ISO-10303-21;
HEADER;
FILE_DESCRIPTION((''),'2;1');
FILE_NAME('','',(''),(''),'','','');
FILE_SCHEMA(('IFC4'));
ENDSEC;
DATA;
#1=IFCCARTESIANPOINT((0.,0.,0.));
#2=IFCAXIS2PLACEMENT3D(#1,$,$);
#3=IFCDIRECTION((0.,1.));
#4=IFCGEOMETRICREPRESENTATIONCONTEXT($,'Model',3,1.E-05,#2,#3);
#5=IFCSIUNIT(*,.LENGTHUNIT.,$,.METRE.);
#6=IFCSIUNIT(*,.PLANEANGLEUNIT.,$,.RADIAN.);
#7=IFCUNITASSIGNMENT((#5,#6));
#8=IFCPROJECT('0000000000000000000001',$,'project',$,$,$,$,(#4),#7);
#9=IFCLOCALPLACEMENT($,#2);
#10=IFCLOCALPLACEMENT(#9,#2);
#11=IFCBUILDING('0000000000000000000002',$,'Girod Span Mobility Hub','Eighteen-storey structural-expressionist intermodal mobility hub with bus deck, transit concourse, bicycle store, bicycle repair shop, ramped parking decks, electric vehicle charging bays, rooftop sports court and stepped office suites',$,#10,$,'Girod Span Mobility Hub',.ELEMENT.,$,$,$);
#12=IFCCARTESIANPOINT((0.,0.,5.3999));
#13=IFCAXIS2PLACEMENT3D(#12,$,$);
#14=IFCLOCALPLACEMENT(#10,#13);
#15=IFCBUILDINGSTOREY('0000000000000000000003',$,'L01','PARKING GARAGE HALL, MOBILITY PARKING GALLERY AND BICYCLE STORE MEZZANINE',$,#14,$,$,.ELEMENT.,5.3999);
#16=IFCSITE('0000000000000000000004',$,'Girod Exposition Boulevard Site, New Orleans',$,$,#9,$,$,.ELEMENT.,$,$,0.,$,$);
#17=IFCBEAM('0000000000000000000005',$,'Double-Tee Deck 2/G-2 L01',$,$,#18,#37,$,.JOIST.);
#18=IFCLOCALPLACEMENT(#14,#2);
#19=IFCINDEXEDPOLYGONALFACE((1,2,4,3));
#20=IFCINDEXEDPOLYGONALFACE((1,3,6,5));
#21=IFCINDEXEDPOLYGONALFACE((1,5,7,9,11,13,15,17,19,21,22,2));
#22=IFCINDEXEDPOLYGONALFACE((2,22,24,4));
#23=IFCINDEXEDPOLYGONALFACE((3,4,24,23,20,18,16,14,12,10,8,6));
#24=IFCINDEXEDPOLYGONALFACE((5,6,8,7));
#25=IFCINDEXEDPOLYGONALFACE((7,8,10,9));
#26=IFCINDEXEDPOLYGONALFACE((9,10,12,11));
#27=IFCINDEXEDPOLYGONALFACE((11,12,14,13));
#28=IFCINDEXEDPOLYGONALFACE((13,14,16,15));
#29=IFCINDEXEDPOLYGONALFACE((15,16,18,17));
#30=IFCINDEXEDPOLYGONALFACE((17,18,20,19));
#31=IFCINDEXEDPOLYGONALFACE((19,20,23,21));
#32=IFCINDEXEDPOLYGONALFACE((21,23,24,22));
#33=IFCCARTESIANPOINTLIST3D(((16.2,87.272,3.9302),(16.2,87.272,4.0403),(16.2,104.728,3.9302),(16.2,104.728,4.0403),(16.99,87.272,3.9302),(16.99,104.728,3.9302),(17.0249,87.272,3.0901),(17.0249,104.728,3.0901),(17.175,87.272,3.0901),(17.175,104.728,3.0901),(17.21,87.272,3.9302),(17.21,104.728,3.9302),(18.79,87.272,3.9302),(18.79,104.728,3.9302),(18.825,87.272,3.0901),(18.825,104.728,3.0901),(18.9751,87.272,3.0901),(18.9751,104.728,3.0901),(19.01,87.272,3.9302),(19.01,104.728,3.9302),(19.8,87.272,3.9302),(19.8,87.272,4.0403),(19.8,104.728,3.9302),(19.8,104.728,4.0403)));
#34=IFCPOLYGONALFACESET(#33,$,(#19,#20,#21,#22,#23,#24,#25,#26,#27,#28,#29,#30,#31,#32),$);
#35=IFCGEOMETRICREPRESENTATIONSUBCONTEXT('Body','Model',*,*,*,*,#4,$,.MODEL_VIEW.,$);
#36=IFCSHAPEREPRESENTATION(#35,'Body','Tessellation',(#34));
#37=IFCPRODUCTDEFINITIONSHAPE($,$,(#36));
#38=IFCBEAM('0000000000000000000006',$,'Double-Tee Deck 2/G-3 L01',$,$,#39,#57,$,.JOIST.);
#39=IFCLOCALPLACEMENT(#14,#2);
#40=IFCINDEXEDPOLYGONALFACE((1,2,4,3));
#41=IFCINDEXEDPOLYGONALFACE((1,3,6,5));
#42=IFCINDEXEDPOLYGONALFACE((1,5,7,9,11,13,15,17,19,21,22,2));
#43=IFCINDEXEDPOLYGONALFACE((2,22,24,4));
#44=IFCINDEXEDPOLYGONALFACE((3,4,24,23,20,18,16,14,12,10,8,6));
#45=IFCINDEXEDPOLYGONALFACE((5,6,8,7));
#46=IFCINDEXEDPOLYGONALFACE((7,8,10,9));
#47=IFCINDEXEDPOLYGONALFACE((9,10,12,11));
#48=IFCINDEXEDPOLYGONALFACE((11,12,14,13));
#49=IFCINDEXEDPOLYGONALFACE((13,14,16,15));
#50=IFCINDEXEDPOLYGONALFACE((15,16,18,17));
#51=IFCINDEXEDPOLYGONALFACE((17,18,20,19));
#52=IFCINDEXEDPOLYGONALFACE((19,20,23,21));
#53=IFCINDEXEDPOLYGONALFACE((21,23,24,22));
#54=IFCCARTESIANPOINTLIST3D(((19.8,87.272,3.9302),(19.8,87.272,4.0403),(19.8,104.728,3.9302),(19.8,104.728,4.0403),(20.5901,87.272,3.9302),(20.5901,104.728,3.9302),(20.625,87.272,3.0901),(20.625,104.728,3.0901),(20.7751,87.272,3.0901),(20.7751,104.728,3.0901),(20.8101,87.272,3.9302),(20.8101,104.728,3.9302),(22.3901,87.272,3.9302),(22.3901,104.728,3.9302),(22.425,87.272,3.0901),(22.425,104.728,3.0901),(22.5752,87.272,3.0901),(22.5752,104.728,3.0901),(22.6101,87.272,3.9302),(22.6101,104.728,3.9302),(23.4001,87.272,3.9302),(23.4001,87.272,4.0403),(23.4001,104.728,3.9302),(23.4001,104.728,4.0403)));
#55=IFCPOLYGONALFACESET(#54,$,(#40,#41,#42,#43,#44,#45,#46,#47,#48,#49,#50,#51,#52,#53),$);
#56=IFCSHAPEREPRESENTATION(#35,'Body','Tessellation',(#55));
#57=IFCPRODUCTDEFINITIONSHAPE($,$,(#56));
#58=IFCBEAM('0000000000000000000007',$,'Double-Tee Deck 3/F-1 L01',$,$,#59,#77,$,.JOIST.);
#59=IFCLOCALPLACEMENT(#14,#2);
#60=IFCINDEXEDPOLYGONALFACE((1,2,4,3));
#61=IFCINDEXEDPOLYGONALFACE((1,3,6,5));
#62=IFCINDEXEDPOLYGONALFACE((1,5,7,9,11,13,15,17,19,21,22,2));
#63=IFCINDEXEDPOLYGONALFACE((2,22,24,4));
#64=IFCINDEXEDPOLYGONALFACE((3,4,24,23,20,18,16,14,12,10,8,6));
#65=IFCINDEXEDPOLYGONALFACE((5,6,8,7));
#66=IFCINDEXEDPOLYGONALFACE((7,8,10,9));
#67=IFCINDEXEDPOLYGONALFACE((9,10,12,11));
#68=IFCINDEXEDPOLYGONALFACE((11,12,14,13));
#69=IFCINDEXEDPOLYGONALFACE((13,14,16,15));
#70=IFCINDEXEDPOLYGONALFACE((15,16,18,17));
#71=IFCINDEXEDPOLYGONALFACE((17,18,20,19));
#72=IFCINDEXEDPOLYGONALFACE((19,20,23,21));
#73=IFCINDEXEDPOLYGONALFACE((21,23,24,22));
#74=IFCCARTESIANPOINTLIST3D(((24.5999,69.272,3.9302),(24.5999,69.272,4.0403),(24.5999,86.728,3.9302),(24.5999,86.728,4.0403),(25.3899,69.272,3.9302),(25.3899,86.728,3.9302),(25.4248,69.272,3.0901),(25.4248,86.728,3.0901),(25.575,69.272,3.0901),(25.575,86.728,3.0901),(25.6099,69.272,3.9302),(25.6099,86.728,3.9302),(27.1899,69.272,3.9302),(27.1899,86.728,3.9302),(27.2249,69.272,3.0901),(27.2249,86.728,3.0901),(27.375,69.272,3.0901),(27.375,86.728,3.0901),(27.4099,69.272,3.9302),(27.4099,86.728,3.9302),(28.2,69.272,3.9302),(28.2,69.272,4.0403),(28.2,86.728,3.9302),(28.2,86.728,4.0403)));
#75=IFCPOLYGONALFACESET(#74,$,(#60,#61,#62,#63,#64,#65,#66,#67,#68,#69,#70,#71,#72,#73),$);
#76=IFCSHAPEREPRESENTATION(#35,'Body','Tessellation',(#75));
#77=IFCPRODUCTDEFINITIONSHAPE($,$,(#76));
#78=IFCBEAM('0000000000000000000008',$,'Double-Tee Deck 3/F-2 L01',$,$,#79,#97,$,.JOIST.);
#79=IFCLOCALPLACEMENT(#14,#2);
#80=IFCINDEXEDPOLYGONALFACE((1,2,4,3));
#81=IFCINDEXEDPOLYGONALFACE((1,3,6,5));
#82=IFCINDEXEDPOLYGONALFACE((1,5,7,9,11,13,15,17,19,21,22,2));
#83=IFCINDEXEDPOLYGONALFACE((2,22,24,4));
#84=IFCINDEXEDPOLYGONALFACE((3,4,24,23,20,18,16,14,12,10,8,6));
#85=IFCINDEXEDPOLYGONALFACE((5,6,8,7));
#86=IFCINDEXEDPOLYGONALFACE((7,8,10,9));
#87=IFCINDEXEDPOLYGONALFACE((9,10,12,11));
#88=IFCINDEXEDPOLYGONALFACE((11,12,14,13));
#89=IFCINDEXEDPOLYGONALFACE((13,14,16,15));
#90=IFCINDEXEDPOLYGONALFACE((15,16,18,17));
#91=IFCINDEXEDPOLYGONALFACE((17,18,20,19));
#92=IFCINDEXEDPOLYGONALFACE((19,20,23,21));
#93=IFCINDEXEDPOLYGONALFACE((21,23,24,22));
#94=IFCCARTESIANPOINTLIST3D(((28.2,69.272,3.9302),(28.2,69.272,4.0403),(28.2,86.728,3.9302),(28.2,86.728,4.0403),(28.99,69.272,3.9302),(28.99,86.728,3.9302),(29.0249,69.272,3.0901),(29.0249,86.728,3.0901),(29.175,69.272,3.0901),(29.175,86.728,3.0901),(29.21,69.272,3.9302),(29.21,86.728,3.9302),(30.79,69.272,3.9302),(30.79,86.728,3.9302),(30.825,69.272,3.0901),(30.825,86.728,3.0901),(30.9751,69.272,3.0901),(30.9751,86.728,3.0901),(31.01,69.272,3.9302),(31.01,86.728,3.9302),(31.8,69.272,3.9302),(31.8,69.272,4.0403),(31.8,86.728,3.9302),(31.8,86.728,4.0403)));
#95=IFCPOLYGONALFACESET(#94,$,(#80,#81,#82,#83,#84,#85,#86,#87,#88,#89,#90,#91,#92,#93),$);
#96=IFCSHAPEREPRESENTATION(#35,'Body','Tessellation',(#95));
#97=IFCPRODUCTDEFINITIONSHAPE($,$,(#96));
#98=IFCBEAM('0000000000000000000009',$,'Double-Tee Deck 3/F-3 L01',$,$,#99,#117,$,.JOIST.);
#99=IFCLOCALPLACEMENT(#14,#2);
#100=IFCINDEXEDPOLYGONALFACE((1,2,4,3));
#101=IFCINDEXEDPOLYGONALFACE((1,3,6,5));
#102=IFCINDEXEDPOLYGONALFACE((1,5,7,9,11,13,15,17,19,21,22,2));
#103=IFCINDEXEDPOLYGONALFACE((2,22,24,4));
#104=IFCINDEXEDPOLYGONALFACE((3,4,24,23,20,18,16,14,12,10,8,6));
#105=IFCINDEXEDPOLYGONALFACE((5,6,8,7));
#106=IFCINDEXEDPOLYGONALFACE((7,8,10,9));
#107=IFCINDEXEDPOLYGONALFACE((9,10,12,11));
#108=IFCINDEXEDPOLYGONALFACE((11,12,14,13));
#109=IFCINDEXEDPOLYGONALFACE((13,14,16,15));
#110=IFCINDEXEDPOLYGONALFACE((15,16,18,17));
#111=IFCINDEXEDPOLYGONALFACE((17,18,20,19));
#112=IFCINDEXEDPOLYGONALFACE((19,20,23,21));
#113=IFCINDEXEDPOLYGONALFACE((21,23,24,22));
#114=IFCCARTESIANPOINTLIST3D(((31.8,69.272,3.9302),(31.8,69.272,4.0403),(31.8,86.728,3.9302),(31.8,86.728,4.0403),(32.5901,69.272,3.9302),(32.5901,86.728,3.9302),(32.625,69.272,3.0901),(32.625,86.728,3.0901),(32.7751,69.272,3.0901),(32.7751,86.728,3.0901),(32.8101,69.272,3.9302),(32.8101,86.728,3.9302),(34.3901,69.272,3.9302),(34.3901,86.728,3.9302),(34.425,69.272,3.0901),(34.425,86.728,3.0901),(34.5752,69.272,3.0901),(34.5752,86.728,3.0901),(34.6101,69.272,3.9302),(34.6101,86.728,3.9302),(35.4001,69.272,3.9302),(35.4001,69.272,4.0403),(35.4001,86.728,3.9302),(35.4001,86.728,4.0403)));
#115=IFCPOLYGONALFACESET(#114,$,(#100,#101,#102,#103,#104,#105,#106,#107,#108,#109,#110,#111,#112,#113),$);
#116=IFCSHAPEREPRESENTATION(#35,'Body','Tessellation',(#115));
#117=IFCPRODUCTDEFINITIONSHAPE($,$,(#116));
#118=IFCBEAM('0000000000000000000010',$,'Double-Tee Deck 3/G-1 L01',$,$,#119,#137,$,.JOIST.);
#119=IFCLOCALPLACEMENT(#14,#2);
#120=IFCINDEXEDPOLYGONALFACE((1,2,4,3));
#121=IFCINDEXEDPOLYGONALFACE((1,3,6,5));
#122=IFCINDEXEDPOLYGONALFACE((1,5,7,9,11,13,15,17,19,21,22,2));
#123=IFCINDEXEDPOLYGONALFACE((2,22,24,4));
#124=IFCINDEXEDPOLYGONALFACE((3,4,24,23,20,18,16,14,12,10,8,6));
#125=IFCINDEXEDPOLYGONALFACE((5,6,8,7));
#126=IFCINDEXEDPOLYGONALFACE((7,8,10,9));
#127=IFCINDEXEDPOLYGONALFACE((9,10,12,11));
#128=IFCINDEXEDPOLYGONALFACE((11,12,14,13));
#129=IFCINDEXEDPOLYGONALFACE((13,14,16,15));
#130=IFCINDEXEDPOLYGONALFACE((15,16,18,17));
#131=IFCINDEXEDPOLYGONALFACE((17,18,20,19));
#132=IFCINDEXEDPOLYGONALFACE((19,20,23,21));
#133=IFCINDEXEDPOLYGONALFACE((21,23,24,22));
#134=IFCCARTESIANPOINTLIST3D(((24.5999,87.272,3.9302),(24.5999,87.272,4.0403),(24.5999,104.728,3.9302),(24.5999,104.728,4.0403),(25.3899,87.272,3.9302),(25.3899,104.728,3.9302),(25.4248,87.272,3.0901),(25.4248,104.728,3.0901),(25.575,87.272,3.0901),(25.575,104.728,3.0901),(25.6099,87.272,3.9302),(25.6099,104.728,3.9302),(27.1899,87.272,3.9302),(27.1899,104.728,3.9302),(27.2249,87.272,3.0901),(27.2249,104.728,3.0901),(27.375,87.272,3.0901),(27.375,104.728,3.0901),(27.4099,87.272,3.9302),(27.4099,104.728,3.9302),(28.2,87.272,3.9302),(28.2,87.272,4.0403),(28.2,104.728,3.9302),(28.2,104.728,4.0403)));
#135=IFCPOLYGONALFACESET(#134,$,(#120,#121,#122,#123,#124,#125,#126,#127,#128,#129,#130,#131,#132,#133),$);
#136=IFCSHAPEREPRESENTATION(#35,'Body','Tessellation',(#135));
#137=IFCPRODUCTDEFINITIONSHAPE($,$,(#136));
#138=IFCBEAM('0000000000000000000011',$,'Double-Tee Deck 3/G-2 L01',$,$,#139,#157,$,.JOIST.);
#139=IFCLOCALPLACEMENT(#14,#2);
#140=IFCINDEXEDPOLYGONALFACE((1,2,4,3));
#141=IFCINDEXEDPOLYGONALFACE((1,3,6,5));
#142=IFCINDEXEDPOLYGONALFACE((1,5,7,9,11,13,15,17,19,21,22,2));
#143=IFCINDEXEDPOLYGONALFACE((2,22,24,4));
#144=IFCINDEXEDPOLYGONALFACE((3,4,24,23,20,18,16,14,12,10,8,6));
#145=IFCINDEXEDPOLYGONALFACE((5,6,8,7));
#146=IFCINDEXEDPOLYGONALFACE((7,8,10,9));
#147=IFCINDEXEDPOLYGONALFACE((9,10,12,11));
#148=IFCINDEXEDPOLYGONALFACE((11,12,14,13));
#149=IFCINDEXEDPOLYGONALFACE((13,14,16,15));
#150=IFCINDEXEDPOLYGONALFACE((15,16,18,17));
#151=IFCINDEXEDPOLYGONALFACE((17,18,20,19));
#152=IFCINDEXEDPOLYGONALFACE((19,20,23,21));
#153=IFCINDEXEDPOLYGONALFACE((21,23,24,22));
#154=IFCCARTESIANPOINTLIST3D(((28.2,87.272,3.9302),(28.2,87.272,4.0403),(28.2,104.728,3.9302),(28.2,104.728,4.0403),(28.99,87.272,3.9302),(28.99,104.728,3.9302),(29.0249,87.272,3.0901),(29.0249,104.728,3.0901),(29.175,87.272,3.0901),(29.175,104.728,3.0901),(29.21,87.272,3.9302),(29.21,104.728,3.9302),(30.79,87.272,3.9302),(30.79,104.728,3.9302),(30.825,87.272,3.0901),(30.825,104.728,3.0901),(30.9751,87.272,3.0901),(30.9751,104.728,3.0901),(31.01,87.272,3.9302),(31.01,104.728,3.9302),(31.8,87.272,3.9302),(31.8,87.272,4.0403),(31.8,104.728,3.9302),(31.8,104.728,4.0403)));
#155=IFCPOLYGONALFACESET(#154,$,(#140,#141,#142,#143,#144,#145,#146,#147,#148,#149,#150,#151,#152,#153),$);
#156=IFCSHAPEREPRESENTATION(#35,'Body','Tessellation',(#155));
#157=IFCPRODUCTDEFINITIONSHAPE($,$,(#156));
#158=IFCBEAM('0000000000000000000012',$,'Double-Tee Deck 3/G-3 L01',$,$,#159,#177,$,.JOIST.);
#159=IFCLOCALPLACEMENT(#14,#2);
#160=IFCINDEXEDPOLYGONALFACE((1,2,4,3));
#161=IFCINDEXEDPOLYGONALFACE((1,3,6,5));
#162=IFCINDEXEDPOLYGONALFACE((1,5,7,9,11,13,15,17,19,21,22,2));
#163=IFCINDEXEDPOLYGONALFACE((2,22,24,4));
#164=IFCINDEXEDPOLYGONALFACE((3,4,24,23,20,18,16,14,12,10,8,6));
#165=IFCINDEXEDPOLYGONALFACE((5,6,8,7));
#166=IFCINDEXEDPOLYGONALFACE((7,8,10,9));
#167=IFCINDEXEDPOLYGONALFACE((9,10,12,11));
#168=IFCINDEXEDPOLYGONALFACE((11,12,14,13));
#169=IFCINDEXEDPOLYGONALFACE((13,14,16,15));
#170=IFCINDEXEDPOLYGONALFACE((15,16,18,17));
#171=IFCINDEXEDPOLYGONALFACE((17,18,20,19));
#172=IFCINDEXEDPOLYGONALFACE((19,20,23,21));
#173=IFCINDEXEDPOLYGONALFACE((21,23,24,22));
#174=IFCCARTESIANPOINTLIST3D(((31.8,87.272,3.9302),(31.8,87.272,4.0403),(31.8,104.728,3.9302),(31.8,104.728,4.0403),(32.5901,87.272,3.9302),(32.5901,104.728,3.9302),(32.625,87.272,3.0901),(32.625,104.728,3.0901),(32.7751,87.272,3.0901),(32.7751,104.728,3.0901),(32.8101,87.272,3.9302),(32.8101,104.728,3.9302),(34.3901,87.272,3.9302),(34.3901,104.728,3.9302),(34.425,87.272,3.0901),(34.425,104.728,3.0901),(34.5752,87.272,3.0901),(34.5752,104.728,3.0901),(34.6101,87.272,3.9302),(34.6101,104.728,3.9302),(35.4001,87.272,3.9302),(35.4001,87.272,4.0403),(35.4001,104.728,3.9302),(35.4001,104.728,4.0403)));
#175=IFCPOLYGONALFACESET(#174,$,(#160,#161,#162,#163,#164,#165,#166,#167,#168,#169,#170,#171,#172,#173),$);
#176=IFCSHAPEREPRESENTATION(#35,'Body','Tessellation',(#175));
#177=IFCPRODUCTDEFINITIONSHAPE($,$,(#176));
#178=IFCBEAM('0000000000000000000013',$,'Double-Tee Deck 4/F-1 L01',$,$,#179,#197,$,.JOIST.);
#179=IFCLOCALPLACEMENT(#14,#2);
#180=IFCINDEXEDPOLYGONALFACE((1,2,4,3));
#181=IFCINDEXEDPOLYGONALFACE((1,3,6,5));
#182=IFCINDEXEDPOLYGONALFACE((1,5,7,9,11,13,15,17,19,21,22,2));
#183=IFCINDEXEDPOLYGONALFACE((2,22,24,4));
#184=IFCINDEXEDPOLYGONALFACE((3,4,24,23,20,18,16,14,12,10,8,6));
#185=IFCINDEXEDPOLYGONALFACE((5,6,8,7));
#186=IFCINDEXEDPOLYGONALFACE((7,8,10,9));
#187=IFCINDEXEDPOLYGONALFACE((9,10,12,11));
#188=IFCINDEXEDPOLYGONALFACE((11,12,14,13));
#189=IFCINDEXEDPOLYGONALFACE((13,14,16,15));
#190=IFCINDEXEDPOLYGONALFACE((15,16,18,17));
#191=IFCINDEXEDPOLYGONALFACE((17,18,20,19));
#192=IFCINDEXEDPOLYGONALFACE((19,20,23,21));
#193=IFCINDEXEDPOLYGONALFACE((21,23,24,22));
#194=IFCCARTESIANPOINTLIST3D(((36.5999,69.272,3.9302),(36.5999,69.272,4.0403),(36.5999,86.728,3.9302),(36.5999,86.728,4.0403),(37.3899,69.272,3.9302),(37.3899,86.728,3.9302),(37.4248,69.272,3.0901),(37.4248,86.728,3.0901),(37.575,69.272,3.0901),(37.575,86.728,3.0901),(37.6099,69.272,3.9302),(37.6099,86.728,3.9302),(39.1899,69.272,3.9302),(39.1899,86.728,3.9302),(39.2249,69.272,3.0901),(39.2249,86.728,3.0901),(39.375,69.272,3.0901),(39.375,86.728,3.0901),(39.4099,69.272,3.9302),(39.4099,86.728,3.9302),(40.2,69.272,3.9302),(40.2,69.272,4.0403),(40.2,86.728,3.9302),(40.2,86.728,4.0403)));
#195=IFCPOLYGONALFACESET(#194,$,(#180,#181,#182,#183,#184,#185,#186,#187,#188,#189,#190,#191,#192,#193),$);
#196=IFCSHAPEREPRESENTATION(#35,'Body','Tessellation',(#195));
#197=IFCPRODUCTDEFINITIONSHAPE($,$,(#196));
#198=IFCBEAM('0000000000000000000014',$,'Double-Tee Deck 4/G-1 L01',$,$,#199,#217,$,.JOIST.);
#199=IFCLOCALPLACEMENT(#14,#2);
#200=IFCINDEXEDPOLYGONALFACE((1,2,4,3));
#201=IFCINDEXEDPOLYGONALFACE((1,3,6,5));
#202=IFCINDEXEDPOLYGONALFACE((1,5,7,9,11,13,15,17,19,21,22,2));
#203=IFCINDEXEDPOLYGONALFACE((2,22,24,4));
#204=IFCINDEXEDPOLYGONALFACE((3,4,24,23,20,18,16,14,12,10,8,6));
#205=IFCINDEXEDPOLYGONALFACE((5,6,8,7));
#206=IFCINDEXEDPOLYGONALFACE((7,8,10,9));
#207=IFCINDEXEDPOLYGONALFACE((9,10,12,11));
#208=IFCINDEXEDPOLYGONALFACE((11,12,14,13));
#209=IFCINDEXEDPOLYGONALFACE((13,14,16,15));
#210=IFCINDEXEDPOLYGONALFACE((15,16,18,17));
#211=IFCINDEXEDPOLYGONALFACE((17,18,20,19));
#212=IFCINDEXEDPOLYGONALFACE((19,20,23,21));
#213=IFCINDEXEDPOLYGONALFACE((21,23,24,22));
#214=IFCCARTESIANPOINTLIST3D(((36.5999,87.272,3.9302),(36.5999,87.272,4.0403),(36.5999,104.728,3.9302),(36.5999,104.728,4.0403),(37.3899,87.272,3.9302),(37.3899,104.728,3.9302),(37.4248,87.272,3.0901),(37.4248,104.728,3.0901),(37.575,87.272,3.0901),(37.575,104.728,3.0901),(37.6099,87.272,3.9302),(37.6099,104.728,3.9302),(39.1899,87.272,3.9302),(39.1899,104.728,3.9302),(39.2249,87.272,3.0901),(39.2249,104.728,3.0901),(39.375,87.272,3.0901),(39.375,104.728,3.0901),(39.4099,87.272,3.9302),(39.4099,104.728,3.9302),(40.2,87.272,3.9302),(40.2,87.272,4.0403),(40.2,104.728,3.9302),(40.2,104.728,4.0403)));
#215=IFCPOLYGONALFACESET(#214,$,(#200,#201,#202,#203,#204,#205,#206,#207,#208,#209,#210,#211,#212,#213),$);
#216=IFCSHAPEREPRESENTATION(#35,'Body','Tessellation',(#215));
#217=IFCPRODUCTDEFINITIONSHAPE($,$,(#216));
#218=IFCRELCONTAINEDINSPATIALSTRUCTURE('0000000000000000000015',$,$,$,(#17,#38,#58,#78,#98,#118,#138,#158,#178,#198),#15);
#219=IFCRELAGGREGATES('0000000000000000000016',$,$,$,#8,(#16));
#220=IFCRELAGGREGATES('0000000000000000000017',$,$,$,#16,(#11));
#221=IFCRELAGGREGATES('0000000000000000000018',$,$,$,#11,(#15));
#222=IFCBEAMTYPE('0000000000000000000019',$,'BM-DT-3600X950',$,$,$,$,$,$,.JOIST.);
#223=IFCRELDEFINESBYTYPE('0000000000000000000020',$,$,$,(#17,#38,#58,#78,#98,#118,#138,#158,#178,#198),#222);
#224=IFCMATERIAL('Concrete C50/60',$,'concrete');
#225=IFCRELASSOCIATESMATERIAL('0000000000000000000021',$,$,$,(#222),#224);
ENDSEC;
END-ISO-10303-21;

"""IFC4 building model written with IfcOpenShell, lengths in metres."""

from ifc_helpers import new_model, si_unit, direction, frame, origin, place, context, subcontext, project, spatial, polyline, outline, extrude, material, material_profile, profile_set, type_object, element, save


model = new_model("IFC4")

# Units and contexts
model_context = context("Model", 3, precision=1e-05, world=origin(), true_north=direction((0.0, 1.0)))
body_context = subcontext(model_context, "Body", "Model", "MODEL_VIEW")
ifc_project = project(units=[si_unit("LENGTHUNIT", "METRE"), si_unit("PLANEANGLEUNIT", "RADIAN")], contexts=[model_context])

# Site, building, storey
site_placement = place(None, origin())
site = spatial("IfcSite", under=ifc_project, at=site_placement, Name="Girod Exposition Boulevard Site, New Orleans", CompositionType="ELEMENT", RefElevation=0.0)
building_placement = place(site_placement, origin())
building = spatial("IfcBuilding", under=site, at=building_placement, Name="Girod Span Mobility Hub", Description="Eighteen-storey structural-expressionist intermodal mobility hub with bus deck, transit concourse, bicycle store, bicycle repair shop, ramped parking decks, electric vehicle charging bays, rooftop sports court and stepped office suites", LongName="Girod Span Mobility Hub", CompositionType="ELEMENT")
storey_placement = place(building_placement, frame((0.0, 0.0, 5.3999)))
storey = spatial("IfcBuildingStorey", under=building, at=storey_placement, Name="L01", Description="PARKING GARAGE HALL, MOBILITY PARKING GALLERY AND BICYCLE STORE MEZZANINE", CompositionType="ELEMENT", Elevation=5.3999)

# Beams
ifc_material_1 = material(Name="Concrete C50/60", Category="concrete")
ifc_material_profile_1 = material_profile(ifc_material_1, outline(polyline([(-1.8, 0.4751), (-1.8, 0.365), (-1.01, 0.365), (-0.9751, -0.4751), (-0.825, -0.4751), (-0.79, 0.365), (0.79, 0.365), (0.825, -0.4751), (0.9751, -0.4751), (1.01, 0.365), (1.8, 0.365), (1.8, 0.4751), (-1.8, 0.4751)])), Name="DT-3600X950")
ifc_profile_set_1 = profile_set([ifc_material_profile_1], Name="Concrete C50/60")
beam_type_1 = type_object("IfcBeamType", Name="BM-DT-3600X950", PredefinedType="JOIST", material=ifc_profile_set_1)
for number, where, z_axis, x_axis, name in (
    (1, (18.0, 87.272, 3.5652), (0.0, 1.0, 0.0), (-1.0, 0.0, 0.0), "Double-Tee Deck 2/G-2 L01"),
    (2, (21.6001, 87.272, 3.5652), (0.0, 1.0, 0.0), (-1.0, 0.0, 0.0), "Double-Tee Deck 2/G-3 L01"),
    (3, (26.3999, 69.272, 3.5652), (0.0, 1.0, 0.0), (-1.0, 0.0, 0.0), "Double-Tee Deck 3/F-1 L01"),
    (4, (30.0, 69.272, 3.5652), (0.0, 1.0, 0.0), (-1.0, 0.0, 0.0), "Double-Tee Deck 3/F-2 L01"),
    (5, (33.6001, 69.272, 3.5652), (0.0, 1.0, 0.0), (-1.0, 0.0, 0.0), "Double-Tee Deck 3/F-3 L01"),
    (6, (26.3999, 87.272, 3.5652), (0.0, 1.0, 0.0), (-1.0, 0.0, 0.0), "Double-Tee Deck 3/G-1 L01"),
    (7, (30.0, 87.272, 3.5652), (0.0, 1.0, 0.0), (-1.0, 0.0, 0.0), "Double-Tee Deck 3/G-2 L01"),
    (8, (33.6001, 87.272, 3.5652), (0.0, 1.0, 0.0), (-1.0, 0.0, 0.0), "Double-Tee Deck 3/G-3 L01"),
    (9, (38.3999, 69.272, 3.5652), (0.0, 1.0, 0.0), (-1.0, 0.0, 0.0), "Double-Tee Deck 4/F-1 L01"),
    (10, (38.3999, 87.272, 3.5652), (0.0, 1.0, 0.0), (-1.0, 0.0, 0.0), "Double-Tee Deck 4/G-1 L01"),
):
    element("IfcBeam", number, at=place(storey_placement, frame(where, z_axis=z_axis, x_axis=x_axis)), inside=storey, type_object=beam_type_1, Name=name, PredefinedType="JOIST", context=body_context, shape_type="SweptSolid", body=[
        extrude(outline(polyline([(-1.8, 0.4751), (-1.8, 0.365), (-1.01, 0.365), (-0.9751, -0.4751), (-0.825, -0.4751), (-0.79, 0.365), (0.79, 0.365), (0.825, -0.4751), (0.9751, -0.4751), (1.01, 0.365), (1.8, 0.365), (1.8, 0.4751), (-1.8, 0.4751)])), origin(), (0.0, 0.0, 1.0), 17.4561),
    ])

save(model, "model.ifc")
